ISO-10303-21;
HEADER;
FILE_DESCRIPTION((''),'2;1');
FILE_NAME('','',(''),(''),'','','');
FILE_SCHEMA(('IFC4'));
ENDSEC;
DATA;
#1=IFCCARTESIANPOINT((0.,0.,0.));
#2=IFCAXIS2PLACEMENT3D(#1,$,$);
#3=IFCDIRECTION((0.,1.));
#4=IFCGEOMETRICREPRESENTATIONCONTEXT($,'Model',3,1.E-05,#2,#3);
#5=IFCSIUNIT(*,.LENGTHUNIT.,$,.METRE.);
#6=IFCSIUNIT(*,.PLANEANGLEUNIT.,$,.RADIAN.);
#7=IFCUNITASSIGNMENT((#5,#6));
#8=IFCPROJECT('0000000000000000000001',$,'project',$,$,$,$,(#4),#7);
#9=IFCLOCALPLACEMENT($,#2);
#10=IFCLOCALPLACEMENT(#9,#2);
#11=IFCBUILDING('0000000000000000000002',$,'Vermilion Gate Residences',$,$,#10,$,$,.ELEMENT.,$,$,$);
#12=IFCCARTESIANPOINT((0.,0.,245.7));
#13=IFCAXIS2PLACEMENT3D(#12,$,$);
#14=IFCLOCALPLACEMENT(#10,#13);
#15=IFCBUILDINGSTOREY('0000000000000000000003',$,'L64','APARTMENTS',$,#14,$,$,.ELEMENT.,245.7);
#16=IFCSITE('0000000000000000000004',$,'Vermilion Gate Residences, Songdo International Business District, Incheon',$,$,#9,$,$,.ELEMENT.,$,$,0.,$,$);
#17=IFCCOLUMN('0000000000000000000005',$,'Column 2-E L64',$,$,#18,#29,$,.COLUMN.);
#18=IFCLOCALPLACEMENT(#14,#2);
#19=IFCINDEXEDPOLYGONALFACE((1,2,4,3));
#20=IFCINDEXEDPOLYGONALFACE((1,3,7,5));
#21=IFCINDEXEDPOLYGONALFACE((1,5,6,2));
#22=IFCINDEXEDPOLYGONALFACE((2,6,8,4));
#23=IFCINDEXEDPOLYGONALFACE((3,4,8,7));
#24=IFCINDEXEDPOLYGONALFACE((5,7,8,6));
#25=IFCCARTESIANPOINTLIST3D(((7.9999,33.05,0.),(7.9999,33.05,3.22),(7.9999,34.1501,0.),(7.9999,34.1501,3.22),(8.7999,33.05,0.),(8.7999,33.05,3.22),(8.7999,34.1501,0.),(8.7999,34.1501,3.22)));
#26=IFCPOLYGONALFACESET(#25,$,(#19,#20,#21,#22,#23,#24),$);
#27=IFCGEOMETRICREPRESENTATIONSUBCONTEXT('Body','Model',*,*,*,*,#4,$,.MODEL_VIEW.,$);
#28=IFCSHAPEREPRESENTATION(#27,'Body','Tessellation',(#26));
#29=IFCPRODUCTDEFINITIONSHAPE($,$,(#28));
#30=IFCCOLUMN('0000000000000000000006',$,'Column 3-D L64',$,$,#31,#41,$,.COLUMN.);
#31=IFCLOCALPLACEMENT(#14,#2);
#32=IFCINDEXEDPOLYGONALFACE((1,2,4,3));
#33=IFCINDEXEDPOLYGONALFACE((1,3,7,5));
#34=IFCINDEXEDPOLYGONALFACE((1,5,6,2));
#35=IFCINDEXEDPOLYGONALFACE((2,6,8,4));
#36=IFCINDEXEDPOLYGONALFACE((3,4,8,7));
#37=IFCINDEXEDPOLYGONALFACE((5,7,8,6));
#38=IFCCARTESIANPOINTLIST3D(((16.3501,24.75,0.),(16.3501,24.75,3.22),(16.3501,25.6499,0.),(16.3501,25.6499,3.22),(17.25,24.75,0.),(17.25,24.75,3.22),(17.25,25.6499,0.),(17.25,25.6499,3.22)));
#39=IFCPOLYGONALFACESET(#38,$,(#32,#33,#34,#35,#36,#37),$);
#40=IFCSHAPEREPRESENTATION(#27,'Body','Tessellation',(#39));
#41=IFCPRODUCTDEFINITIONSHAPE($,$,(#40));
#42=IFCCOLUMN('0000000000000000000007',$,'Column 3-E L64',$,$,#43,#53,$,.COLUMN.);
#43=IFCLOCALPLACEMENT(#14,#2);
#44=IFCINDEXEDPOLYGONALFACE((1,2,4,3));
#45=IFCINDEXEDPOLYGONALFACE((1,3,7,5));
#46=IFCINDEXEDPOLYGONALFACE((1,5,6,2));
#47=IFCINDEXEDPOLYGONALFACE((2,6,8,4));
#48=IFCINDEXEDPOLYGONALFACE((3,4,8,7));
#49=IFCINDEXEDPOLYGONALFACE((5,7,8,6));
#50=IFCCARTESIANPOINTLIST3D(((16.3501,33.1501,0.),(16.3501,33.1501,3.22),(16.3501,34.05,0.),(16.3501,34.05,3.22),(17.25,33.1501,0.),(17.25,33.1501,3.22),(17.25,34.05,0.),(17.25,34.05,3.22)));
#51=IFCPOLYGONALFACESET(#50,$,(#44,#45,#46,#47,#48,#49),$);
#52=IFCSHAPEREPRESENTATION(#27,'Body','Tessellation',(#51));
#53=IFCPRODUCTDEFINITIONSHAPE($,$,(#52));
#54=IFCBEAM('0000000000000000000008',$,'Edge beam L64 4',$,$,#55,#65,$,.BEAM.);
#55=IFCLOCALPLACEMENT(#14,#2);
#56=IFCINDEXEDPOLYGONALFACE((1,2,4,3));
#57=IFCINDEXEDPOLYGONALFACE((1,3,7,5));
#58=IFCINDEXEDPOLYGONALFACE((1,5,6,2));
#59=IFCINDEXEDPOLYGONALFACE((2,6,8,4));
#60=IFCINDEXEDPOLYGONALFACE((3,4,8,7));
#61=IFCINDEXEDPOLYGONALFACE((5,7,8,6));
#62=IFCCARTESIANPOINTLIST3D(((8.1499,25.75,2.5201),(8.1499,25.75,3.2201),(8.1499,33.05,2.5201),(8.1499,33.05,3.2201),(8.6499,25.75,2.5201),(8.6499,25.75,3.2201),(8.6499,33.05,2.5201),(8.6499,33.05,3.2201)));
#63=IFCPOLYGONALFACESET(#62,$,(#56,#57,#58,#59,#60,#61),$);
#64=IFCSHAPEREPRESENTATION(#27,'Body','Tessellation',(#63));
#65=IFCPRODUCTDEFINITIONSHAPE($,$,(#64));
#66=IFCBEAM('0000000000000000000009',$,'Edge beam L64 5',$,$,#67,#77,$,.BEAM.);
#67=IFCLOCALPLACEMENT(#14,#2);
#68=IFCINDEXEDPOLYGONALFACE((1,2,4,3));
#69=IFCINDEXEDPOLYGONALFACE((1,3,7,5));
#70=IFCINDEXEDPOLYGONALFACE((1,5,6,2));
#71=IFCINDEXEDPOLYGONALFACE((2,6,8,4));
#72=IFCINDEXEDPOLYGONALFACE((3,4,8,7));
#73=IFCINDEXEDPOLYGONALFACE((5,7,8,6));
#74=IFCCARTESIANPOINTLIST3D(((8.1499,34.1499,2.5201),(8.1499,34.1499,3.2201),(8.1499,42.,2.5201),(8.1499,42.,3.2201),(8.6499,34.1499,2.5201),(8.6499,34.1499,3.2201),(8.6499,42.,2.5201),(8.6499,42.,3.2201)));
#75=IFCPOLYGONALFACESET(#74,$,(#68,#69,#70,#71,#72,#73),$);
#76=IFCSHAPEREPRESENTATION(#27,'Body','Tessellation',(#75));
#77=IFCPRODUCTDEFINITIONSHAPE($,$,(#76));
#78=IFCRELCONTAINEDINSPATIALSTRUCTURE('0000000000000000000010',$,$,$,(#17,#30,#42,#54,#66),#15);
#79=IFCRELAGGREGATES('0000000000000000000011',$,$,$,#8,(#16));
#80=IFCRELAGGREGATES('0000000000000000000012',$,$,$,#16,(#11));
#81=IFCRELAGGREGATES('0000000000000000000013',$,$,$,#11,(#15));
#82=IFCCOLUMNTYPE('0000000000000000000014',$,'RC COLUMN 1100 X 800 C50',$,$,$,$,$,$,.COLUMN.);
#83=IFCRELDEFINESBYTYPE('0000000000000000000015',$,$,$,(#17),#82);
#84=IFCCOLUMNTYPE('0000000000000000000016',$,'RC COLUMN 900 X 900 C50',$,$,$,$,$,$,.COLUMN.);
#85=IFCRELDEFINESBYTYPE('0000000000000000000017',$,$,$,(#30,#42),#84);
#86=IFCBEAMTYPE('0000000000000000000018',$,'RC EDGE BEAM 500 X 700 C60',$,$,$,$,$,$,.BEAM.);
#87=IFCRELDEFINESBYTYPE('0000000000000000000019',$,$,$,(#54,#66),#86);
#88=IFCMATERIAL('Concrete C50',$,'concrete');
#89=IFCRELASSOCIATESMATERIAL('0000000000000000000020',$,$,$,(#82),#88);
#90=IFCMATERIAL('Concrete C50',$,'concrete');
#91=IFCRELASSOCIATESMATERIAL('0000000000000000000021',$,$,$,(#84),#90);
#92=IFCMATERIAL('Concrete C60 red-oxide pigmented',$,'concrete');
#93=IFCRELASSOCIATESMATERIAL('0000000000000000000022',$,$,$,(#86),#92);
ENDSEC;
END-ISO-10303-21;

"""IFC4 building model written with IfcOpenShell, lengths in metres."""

from ifc_helpers import new_model, si_unit, direction, frame, origin, origin_2d, place, context, subcontext, project, spatial, rectangle, extrude, material, material_profile, profile_set, type_object, element, save


model = new_model("IFC4")

# Units and contexts
model_context = context("Model", 3, precision=1e-05, world=origin(), true_north=direction((0.0, 1.0)))
body_context = subcontext(model_context, "Body", "Model", "MODEL_VIEW")
ifc_project = project(units=[si_unit("LENGTHUNIT", "METRE"), si_unit("PLANEANGLEUNIT", "RADIAN")], contexts=[model_context])

# Site, building, storey
site_placement = place(None, origin())
site = spatial("IfcSite", under=ifc_project, at=site_placement, Name="Vermilion Gate Residences, Songdo International Business District, Incheon", CompositionType="ELEMENT", RefElevation=0.0)
building_placement = place(site_placement, origin())
building = spatial("IfcBuilding", under=site, at=building_placement, Name="Vermilion Gate Residences", CompositionType="ELEMENT")
storey_placement = place(building_placement, frame((0.0, 0.0, 245.7)))
storey = spatial("IfcBuildingStorey", under=building, at=storey_placement, Name="L64", Description="APARTMENTS", CompositionType="ELEMENT", Elevation=245.7)

# Columns
ifc_material_1 = material(Name="Concrete C50", Category="concrete")
ifc_material_profile_1 = material_profile(ifc_material_1, rectangle(XDim=1.1001, YDim=0.8, at=origin_2d()), Name="RC-1100x800")
ifc_profile_set_1 = profile_set([ifc_material_profile_1], Name="Concrete C50")
column_type_1 = type_object("IfcColumnType", Name="RC COLUMN 1100 X 800 C50", PredefinedType="COLUMN", material=ifc_profile_set_1)
column_placement = place(storey_placement, frame((8.3999, 33.6001, 0.0), z_axis=(0.0, 0.0, 1.0), x_axis=(0.0, 1.0, 0.0)))
element("IfcColumn", 1, at=column_placement, inside=storey, type_object=column_type_1, Name="Column 2-E L64", PredefinedType="COLUMN", context=body_context, shape_type="SweptSolid", body=[
    extrude(rectangle(XDim=1.1001, YDim=0.8, at=origin_2d()), origin(), (0.0, 0.0, 1.0), 3.22),
])
ifc_material_2 = material(Name="Concrete C50", Category="concrete")
ifc_material_profile_2 = material_profile(ifc_material_2, rectangle(XDim=0.8999, YDim=0.8999, at=origin_2d()), Name="RC-900x900")
ifc_profile_set_2 = profile_set([ifc_material_profile_2], Name="Concrete C50")
column_type_2 = type_object("IfcColumnType", Name="RC COLUMN 900 X 900 C50", PredefinedType="COLUMN", material=ifc_profile_set_2)
for number, where, z_axis, x_axis, name in (
    (2, (16.8, 25.2, 0.0), (0.0, 0.0, 1.0), (1.0, 0.0, 0.0), "Column 3-D L64"),
    (3, (16.8, 33.6001, 0.0), (0.0, 0.0, 1.0), (1.0, 0.0, 0.0), "Column 3-E L64"),
):
    element("IfcColumn", number, at=place(storey_placement, frame(where, z_axis=z_axis, x_axis=x_axis)), inside=storey, type_object=column_type_2, Name=name, PredefinedType="COLUMN", context=body_context, shape_type="SweptSolid", body=[
        extrude(rectangle(XDim=0.8999, YDim=0.8999, at=origin_2d()), origin(), (0.0, 0.0, 1.0), 3.22),
    ])

# Beams
ifc_material_3 = material(Name="Concrete C60 red-oxide pigmented", Category="concrete")
ifc_material_profile_3 = material_profile(ifc_material_3, rectangle(XDim=0.5, YDim=0.7, at=origin_2d()), Name="RC-500x700")
ifc_profile_set_3 = profile_set([ifc_material_profile_3], Name="Concrete C60 red-oxide pigmented")
beam_type = type_object("IfcBeamType", Name="RC EDGE BEAM 500 X 700 C60", PredefinedType="BEAM", material=ifc_profile_set_3)
beam_1_placement = place(storey_placement, frame((8.3999, 25.75, 2.8701), z_axis=(0.0, 1.0, 0.0), x_axis=(-1.0, 0.0, 0.0)))
element("IfcBeam", 4, at=beam_1_placement, inside=storey, type_object=beam_type, Name="Edge beam L64 4", PredefinedType="BEAM", context=body_context, shape_type="SweptSolid", body=[
    extrude(rectangle(XDim=0.5, YDim=0.7, at=origin_2d()), origin(), (0.0, 0.0, 1.0), 7.3),
])
beam_2_placement = place(storey_placement, frame((8.3999, 34.1499, 2.8701), z_axis=(0.0, 1.0, 0.0), x_axis=(-1.0, 0.0, 0.0)))
element("IfcBeam", 5, at=beam_2_placement, inside=storey, type_object=beam_type, Name="Edge beam L64 5", PredefinedType="BEAM", context=body_context, shape_type="SweptSolid", body=[
    extrude(rectangle(XDim=0.5, YDim=0.7, at=origin_2d()), origin(), (0.0, 0.0, 1.0), 7.8501),
])

save(model, "model.ifc")
